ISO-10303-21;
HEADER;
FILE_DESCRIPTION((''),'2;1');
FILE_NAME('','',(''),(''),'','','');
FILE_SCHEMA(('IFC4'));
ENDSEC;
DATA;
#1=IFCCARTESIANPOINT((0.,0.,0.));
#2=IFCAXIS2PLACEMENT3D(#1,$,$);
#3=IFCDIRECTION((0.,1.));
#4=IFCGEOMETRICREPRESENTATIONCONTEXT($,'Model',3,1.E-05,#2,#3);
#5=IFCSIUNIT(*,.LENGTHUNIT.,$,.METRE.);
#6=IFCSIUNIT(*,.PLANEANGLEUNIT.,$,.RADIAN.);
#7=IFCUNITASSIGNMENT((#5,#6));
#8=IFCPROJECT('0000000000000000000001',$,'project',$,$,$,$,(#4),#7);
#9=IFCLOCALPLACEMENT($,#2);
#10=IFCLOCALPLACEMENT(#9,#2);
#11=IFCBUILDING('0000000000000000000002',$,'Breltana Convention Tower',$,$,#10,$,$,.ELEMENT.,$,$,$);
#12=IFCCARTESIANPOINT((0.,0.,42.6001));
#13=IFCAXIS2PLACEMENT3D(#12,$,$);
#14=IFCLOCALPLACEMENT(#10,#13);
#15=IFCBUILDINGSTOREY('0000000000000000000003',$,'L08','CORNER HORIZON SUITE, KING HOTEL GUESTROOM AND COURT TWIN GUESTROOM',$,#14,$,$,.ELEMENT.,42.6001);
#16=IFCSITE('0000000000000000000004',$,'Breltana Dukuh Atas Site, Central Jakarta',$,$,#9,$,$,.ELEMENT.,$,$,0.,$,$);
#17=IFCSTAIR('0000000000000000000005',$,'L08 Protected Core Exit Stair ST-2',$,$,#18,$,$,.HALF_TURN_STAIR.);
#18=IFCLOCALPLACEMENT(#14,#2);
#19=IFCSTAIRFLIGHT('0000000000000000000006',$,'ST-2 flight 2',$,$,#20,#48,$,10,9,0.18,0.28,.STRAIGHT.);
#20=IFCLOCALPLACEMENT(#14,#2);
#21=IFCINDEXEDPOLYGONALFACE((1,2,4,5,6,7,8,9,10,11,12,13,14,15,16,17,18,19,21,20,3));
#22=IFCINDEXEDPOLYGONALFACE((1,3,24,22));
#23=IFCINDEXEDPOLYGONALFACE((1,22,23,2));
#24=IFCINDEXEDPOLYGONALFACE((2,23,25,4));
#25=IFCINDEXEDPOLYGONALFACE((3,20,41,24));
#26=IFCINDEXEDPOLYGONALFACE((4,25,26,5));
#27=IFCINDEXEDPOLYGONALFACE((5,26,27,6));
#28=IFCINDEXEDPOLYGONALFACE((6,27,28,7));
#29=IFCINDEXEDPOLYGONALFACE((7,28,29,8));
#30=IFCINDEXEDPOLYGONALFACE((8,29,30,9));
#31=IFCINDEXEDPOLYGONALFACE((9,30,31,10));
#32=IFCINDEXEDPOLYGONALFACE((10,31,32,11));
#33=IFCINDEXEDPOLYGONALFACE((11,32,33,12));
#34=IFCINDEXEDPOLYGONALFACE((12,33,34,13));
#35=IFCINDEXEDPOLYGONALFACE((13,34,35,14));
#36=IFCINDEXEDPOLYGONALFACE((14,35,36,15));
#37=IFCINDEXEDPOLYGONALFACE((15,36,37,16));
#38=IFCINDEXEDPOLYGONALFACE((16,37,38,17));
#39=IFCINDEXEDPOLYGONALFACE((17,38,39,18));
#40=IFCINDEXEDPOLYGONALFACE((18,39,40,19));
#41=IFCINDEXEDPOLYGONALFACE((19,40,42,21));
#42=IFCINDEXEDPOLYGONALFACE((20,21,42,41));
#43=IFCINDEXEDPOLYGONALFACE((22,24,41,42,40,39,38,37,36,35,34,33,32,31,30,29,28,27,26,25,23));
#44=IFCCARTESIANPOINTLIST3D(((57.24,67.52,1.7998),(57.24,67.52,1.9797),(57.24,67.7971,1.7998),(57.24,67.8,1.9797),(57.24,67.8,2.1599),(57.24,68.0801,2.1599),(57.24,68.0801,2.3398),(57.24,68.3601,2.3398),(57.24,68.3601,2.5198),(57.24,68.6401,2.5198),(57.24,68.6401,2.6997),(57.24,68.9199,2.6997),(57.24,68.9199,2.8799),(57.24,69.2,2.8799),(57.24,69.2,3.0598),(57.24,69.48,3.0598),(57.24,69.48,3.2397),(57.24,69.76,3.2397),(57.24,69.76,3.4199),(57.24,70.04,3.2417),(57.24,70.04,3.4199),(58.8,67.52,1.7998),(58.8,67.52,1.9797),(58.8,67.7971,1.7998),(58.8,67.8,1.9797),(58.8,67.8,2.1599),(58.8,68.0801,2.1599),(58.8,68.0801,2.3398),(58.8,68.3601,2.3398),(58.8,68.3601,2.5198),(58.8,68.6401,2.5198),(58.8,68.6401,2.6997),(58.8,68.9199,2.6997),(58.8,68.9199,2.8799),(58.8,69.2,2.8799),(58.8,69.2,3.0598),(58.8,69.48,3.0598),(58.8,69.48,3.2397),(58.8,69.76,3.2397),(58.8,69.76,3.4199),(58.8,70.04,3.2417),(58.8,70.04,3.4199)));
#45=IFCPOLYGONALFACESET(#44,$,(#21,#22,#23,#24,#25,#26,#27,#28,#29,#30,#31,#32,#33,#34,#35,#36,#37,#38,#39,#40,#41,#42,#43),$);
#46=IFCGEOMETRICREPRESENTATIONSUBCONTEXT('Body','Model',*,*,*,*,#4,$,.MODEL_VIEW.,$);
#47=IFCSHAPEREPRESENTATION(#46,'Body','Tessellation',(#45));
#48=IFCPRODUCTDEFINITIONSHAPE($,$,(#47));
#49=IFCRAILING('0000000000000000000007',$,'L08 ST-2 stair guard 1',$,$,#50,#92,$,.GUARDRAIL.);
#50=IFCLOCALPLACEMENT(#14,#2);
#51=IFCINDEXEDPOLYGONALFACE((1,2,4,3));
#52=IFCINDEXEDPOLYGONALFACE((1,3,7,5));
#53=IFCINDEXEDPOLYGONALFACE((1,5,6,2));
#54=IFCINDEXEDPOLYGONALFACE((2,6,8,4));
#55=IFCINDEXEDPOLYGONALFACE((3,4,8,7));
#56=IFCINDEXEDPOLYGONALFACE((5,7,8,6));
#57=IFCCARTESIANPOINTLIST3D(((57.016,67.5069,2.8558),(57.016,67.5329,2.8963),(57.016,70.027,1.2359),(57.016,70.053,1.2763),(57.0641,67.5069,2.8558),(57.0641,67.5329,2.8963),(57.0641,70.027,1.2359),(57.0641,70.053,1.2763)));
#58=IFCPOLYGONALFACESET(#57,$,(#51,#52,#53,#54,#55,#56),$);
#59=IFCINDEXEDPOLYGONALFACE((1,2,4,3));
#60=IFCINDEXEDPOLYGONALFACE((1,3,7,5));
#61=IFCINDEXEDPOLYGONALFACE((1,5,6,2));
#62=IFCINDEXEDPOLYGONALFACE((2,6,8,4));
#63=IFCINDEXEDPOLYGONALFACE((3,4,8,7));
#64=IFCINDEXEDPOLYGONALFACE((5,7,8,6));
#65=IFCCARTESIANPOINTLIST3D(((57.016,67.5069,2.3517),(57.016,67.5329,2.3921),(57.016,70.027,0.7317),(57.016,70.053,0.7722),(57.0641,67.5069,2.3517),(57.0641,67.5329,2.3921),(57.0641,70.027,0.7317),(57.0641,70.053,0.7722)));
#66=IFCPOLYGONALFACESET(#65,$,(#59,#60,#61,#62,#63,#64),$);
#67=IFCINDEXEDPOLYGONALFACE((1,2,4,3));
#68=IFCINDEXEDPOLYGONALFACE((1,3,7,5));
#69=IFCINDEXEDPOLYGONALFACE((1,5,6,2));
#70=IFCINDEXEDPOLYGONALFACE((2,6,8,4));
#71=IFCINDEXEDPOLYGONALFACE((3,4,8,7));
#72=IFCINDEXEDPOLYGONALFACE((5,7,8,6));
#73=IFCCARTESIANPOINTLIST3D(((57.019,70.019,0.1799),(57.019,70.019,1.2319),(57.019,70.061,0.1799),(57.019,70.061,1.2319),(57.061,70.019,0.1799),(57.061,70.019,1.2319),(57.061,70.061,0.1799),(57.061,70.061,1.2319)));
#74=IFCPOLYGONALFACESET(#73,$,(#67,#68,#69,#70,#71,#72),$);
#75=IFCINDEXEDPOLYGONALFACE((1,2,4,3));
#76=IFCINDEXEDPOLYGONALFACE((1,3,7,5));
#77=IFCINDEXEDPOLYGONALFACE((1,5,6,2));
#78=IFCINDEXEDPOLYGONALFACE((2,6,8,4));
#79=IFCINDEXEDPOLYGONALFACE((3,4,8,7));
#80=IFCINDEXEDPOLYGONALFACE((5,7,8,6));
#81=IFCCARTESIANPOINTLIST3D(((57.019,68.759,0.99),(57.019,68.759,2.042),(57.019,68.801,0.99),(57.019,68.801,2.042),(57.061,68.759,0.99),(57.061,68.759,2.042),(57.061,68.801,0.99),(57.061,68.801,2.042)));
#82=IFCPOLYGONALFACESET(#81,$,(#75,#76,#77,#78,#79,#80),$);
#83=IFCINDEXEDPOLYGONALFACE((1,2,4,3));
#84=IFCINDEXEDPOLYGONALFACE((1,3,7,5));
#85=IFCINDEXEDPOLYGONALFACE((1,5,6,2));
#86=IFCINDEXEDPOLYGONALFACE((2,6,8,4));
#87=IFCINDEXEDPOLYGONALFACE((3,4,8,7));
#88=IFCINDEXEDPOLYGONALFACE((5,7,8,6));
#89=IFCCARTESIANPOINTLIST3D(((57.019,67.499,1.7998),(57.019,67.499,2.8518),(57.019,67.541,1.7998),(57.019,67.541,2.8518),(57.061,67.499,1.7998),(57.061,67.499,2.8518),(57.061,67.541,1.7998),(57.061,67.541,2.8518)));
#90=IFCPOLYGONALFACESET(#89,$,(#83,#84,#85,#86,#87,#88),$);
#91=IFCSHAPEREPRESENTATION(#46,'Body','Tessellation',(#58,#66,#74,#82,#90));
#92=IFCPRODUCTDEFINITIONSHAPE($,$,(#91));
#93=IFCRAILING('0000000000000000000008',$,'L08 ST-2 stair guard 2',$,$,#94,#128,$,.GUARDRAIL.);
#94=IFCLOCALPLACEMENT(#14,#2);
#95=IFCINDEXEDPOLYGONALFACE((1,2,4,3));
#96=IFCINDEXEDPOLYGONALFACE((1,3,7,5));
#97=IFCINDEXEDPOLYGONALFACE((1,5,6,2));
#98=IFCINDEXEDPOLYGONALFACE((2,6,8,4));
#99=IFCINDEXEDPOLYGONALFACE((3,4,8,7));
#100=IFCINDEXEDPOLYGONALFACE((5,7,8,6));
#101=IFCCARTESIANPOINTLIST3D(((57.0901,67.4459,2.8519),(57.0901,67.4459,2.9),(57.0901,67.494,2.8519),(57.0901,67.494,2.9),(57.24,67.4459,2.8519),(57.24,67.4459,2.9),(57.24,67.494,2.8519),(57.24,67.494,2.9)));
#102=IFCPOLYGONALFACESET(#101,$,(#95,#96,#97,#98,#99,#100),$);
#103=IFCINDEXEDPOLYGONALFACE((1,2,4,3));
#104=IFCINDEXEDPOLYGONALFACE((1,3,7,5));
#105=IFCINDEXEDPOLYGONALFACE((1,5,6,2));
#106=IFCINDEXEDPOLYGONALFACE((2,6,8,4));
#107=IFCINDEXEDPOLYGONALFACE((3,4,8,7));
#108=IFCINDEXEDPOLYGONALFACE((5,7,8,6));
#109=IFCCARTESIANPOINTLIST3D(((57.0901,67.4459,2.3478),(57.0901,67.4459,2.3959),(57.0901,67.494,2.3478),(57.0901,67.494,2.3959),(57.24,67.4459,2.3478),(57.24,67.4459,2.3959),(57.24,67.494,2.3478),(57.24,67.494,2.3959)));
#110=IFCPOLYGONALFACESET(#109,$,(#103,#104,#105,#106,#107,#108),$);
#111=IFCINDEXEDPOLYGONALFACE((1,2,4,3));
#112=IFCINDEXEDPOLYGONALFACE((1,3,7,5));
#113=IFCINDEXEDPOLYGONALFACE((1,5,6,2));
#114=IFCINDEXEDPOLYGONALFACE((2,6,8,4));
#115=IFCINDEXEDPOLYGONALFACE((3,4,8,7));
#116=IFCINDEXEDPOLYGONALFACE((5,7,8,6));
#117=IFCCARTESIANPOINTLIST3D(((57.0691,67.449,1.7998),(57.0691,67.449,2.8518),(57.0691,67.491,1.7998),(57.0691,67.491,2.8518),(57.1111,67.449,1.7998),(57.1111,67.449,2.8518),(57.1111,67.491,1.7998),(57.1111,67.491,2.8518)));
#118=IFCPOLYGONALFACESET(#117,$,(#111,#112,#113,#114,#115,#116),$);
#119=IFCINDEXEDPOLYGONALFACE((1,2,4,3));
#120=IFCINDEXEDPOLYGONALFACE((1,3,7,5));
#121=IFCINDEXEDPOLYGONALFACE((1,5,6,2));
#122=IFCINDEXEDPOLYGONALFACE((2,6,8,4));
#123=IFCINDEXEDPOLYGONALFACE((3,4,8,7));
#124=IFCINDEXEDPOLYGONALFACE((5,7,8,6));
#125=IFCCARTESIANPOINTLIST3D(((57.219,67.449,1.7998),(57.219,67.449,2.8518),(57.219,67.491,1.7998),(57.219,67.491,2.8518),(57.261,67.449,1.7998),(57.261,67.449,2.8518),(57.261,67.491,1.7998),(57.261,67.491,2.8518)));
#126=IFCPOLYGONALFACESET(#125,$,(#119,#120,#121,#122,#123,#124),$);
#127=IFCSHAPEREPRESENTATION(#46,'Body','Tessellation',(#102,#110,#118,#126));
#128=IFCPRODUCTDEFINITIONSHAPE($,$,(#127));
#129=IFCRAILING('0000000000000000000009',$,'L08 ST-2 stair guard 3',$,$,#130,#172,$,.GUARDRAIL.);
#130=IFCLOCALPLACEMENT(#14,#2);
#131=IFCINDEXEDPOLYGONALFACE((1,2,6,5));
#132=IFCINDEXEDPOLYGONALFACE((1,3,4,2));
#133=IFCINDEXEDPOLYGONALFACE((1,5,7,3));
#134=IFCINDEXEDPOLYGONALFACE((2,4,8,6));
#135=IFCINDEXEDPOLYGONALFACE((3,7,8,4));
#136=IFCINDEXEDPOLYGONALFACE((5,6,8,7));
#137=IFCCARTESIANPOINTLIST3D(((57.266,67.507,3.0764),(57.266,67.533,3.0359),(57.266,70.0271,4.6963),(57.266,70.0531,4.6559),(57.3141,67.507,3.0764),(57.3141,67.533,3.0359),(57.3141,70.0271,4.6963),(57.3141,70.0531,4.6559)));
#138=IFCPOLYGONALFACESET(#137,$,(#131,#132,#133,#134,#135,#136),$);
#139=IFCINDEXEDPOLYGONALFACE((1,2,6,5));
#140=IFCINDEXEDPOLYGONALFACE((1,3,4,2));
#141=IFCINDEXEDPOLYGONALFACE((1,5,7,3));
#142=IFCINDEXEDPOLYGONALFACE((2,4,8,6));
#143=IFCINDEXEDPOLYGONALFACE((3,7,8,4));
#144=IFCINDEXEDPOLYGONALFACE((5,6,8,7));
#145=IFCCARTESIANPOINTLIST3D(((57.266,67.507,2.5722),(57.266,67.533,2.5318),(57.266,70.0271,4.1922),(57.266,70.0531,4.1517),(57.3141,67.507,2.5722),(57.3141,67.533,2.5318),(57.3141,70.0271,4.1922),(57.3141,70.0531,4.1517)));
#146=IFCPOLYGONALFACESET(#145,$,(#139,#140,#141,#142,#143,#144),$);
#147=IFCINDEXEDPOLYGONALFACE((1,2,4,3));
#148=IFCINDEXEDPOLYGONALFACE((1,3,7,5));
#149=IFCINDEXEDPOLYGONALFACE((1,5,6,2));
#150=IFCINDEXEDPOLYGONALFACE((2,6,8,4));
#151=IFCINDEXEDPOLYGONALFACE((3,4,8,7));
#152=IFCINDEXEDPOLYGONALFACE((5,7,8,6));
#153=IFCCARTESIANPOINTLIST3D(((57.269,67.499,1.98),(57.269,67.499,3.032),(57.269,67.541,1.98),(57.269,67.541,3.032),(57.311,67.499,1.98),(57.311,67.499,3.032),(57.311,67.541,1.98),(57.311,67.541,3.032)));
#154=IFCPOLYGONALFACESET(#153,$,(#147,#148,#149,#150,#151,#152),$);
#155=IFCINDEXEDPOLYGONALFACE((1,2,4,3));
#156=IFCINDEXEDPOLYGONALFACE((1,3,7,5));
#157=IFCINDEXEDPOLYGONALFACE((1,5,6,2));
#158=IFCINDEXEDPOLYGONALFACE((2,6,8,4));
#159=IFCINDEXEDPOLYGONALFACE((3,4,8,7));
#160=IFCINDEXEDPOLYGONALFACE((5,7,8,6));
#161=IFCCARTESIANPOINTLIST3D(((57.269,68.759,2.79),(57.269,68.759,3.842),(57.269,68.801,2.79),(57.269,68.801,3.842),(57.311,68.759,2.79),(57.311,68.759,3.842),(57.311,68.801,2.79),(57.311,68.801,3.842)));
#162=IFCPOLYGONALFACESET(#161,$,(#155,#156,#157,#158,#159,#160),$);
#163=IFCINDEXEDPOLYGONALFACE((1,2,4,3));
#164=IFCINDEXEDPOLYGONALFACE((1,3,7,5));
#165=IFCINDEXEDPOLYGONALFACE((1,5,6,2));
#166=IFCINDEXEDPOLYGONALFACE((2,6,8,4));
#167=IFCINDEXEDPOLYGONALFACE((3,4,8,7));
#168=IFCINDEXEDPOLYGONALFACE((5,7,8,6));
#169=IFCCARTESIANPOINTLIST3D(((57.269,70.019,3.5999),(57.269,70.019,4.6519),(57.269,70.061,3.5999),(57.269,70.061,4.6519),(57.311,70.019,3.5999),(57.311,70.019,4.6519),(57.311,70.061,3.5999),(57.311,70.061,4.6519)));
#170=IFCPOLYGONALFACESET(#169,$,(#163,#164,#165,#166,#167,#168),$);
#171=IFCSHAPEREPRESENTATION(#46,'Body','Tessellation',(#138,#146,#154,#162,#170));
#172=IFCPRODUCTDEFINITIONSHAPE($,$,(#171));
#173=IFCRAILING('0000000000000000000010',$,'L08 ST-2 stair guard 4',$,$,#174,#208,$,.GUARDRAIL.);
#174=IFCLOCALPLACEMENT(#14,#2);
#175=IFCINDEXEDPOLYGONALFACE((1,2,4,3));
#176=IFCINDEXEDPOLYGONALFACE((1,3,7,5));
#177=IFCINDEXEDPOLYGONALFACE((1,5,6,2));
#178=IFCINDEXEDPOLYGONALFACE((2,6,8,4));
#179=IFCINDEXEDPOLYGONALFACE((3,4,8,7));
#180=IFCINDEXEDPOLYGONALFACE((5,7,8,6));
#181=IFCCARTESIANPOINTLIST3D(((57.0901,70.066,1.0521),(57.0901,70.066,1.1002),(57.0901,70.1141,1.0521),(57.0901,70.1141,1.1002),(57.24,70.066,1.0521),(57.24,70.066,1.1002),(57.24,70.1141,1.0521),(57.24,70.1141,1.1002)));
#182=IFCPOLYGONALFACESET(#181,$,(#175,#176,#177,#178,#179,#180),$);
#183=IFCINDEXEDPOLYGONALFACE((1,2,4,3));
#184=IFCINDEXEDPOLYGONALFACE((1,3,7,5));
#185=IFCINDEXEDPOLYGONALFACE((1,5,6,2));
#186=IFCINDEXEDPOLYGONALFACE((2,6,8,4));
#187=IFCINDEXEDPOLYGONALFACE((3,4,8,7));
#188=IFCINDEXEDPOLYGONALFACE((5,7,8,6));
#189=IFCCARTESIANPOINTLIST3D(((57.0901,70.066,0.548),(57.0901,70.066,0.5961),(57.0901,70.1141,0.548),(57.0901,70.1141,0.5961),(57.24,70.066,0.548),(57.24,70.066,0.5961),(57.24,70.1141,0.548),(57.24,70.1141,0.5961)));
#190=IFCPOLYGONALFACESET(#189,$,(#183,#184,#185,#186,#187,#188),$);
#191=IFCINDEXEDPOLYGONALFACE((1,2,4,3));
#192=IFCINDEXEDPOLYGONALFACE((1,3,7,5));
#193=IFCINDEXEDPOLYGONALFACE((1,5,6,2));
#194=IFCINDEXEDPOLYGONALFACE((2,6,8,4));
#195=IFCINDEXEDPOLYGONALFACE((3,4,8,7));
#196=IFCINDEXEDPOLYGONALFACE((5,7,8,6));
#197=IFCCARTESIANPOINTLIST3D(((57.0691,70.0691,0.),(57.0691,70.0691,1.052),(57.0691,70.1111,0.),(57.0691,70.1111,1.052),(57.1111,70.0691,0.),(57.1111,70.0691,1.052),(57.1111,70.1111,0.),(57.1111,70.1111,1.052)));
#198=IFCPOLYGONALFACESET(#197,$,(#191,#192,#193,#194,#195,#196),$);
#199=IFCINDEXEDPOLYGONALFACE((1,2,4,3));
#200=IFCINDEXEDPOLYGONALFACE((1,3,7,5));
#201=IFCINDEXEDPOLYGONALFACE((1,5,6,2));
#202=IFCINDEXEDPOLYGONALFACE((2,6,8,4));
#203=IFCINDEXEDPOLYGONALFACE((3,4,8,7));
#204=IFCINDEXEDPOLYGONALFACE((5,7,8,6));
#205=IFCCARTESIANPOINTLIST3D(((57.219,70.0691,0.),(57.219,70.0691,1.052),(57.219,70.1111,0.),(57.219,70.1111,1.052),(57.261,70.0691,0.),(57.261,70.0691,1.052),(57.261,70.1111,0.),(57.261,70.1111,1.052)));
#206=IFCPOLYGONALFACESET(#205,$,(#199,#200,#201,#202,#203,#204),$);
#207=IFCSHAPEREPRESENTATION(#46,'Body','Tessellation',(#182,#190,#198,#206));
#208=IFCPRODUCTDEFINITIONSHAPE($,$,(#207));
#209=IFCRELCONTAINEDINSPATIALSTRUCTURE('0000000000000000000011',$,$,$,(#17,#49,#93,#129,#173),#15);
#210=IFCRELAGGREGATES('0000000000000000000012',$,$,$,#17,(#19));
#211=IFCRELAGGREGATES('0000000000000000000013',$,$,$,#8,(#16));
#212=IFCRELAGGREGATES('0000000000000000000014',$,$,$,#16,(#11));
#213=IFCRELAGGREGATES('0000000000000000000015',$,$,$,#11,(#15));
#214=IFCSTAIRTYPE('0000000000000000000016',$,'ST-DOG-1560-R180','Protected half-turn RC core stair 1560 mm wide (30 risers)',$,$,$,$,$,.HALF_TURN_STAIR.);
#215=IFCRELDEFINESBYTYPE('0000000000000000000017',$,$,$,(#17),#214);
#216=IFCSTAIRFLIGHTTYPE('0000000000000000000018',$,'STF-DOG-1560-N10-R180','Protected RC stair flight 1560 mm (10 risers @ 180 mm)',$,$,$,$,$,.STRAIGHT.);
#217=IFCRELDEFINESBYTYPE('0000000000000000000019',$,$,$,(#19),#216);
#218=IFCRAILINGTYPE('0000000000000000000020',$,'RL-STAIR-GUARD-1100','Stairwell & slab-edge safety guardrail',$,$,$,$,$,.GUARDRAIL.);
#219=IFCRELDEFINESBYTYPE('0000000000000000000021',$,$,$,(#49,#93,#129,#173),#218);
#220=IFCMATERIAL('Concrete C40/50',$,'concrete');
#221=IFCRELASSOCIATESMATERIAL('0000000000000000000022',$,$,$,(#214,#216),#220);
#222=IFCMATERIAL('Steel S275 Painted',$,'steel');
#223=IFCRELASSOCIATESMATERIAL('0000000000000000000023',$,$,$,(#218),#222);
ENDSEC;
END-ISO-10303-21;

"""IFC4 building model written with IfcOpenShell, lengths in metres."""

from ifc_helpers import new_model, si_unit, direction, frame, origin, origin_2d, place, context, subcontext, project, spatial, polyline, rectangle, outline, extrude, material, type_object, element, aggregate, save


model = new_model("IFC4")

# Units and contexts
model_context = context("Model", 3, precision=1e-05, world=origin(), true_north=direction((0.0, 1.0)))
body_context = subcontext(model_context, "Body", "Model", "MODEL_VIEW")
ifc_project = project(units=[si_unit("LENGTHUNIT", "METRE"), si_unit("PLANEANGLEUNIT", "RADIAN")], contexts=[model_context])

# Site, building, storey
site_placement = place(None, origin())
site = spatial("IfcSite", under=ifc_project, at=site_placement, Name="Breltana Dukuh Atas Site, Central Jakarta", CompositionType="ELEMENT", RefElevation=0.0)
building_placement = place(site_placement, origin())
building = spatial("IfcBuilding", under=site, at=building_placement, Name="Breltana Convention Tower", CompositionType="ELEMENT")
storey_placement = place(building_placement, frame((0.0, 0.0, 42.6001)))
storey = spatial("IfcBuildingStorey", under=building, at=storey_placement, Name="L08", Description="CORNER HORIZON SUITE, KING HOTEL GUESTROOM AND COURT TWIN GUESTROOM", CompositionType="ELEMENT", Elevation=42.6001)

# Stair, stair flight
ifc_material_1 = material(Name="Concrete C40/50", Category="concrete")
stair_type = type_object("IfcStairType", Name="ST-DOG-1560-R180", Description="Protected half-turn RC core stair 1560 mm wide (30 risers)", PredefinedType="HALF_TURN_STAIR", material=ifc_material_1)
stair_placement = place(storey_placement, origin())
stair = element("IfcStair", 1, at=stair_placement, inside=storey, type_object=stair_type, Name="L08 Protected Core Exit Stair ST-2", PredefinedType="HALF_TURN_STAIR")
stair_flight_type = type_object("IfcStairFlightType", Name="STF-DOG-1560-N10-R180", Description="Protected RC stair flight 1560 mm (10 risers @ 180 mm)", PredefinedType="STRAIGHT", material=ifc_material_1)
stair_flight_1_placement = place(storey_placement, frame((58.02, 67.52, 1.7998), z_axis=(0.0, 0.0, 1.0), x_axis=(0.0, 1.0, 0.0)))
stair_flight_1 = element("IfcStairFlight", 2, at=stair_flight_1_placement, type_object=stair_flight_type, Name="ST-2 flight 2", NumberOfRisers=10, NumberOfTreads=9, PredefinedType="STRAIGHT", RiserHeight=0.18, TreadLength=0.28, context=body_context, shape_type="SweptSolid", body=[
    extrude(outline(polyline([(0.0, 0.0), (0.0, 0.1799), (0.28, 0.1799), (0.28, 0.3601), (0.5601, 0.3601), (0.5601, 0.54), (0.8401, 0.54), (0.8401, 0.72), (1.1201, 0.72), (1.1201, 0.8999), (1.3999, 0.8999), (1.3999, 1.0801), (1.6799, 1.0801), (1.6799, 1.26), (1.96, 1.26), (1.96, 1.4399), (2.24, 1.4399), (2.24, 1.6201), (2.52, 1.6201), (2.52, 1.8), (2.52, 1.4419), (0.2771, 0.0), (0.0, 0.0)])), frame((0.0, 0.78, 0.0), z_axis=(0.0, -1.0, 0.0), x_axis=(1.0, 0.0, 0.0)), (0.0, 0.0, 1.0), 1.5601),
])
aggregate(stair, [stair_flight_1])

# Railings
ifc_material_2 = material(Name="Steel S275 Painted", Category="steel")
railing_type_1 = type_object("IfcRailingType", Name="RL-STAIR-GUARD-1100", Description="Stairwell & slab-edge safety guardrail", PredefinedType="GUARDRAIL", material=ifc_material_2)
railing_1_placement = place(storey_placement, frame((57.04, 70.04, 0.1799)))
element("IfcRailing", 3, at=railing_1_placement, inside=storey, type_object=railing_type_1, Name="L08 ST-2 stair guard 1", PredefinedType="GUARDRAIL", context=body_context, shape_type="SweptSolid", body=[
    extrude(rectangle(XDim=0.0481, YDim=0.0481, at=origin_2d()), frame((0.0, 0.0, 1.0762), z_axis=(0.0, -0.8412, 0.540725), x_axis=(1.0, 0.0, 0.0)), (0.0, 0.0, 1.0), 2.9958),
    extrude(rectangle(XDim=0.0481, YDim=0.0481, at=origin_2d()), frame((0.0, 0.0, 0.572), z_axis=(0.0, -0.8412, 0.540725), x_axis=(1.0, 0.0, 0.0)), (0.0, 0.0, 1.0), 2.9958),
    extrude(rectangle(XDim=0.042, YDim=0.042, at=origin_2d()), origin(), (0.0, 0.0, 1.0), 1.052),
    extrude(rectangle(XDim=0.042, YDim=0.042, at=origin_2d()), frame((0.0, -1.26, 0.8101)), (0.0, 0.0, 1.0), 1.052),
    extrude(rectangle(XDim=0.042, YDim=0.042, at=origin_2d()), frame((0.0, -2.52, 1.6199)), (0.0, 0.0, 1.0), 1.052),
])
railing_2_placement = place(storey_placement, frame((57.0901, 67.47, 1.7998)))
element("IfcRailing", 4, at=railing_2_placement, inside=storey, type_object=railing_type_1, Name="L08 ST-2 stair guard 2", PredefinedType="GUARDRAIL", context=body_context, shape_type="SweptSolid", body=[
    extrude(rectangle(XDim=0.0481, YDim=0.0481, at=origin_2d()), frame((0.0, 0.0, 1.0762), z_axis=(1.0, 0.0, 0.0), x_axis=(0.0, 1.0, 0.0)), (0.0, 0.0, 1.0), 0.1499),
    extrude(rectangle(XDim=0.0481, YDim=0.0481, at=origin_2d()), frame((0.0, 0.0, 0.572), z_axis=(1.0, 0.0, 0.0), x_axis=(0.0, 1.0, 0.0)), (0.0, 0.0, 1.0), 0.1499),
    extrude(rectangle(XDim=0.042, YDim=0.042, at=origin_2d()), origin(), (0.0, 0.0, 1.0), 1.052),
    extrude(rectangle(XDim=0.042, YDim=0.042, at=origin_2d()), frame((0.1499, 0.0, 0.0)), (0.0, 0.0, 1.0), 1.052),
])
railing_3_placement = place(storey_placement, frame((57.29, 67.52, 1.98)))
element("IfcRailing", 5, at=railing_3_placement, inside=storey, type_object=railing_type_1, Name="L08 ST-2 stair guard 3", PredefinedType="GUARDRAIL", context=body_context, shape_type="SweptSolid", body=[
    extrude(rectangle(XDim=0.0481, YDim=0.0481, at=origin_2d()), frame((0.0, 0.0, 1.0762), z_axis=(0.0, 0.8412, 0.540725), x_axis=(-1.0, 0.0, 0.0)), (0.0, 0.0, 1.0), 2.9958),
    extrude(rectangle(XDim=0.0481, YDim=0.0481, at=origin_2d()), frame((0.0, 0.0, 0.572), z_axis=(0.0, 0.8412, 0.540725), x_axis=(-1.0, 0.0, 0.0)), (0.0, 0.0, 1.0), 2.9958),
    extrude(rectangle(XDim=0.042, YDim=0.042, at=origin_2d()), origin(), (0.0, 0.0, 1.0), 1.052),
    extrude(rectangle(XDim=0.042, YDim=0.042, at=origin_2d()), frame((0.0, 1.26, 0.8101)), (0.0, 0.0, 1.0), 1.052),
    extrude(rectangle(XDim=0.042, YDim=0.042, at=origin_2d()), frame((0.0, 2.52, 1.6199)), (0.0, 0.0, 1.0), 1.052),
])
railing_4_placement = place(storey_placement, frame((57.0901, 70.0901, 0.0)))
element("IfcRailing", 6, at=railing_4_placement, inside=storey, type_object=railing_type_1, Name="L08 ST-2 stair guard 4", PredefinedType="GUARDRAIL", context=body_context, shape_type="SweptSolid", body=[
    extrude(rectangle(XDim=0.0481, YDim=0.0481, at=origin_2d()), frame((0.0, 0.0, 1.0762), z_axis=(1.0, 0.0, 0.0), x_axis=(0.0, 1.0, 0.0)), (0.0, 0.0, 1.0), 0.1499),
    extrude(rectangle(XDim=0.0481, YDim=0.0481, at=origin_2d()), frame((0.0, 0.0, 0.572), z_axis=(1.0, 0.0, 0.0), x_axis=(0.0, 1.0, 0.0)), (0.0, 0.0, 1.0), 0.1499),
    extrude(rectangle(XDim=0.042, YDim=0.042, at=origin_2d()), origin(), (0.0, 0.0, 1.0), 1.052),
    extrude(rectangle(XDim=0.042, YDim=0.042, at=origin_2d()), frame((0.1499, 0.0, 0.0)), (0.0, 0.0, 1.0), 1.052),
])

save(model, "model.ifc")
